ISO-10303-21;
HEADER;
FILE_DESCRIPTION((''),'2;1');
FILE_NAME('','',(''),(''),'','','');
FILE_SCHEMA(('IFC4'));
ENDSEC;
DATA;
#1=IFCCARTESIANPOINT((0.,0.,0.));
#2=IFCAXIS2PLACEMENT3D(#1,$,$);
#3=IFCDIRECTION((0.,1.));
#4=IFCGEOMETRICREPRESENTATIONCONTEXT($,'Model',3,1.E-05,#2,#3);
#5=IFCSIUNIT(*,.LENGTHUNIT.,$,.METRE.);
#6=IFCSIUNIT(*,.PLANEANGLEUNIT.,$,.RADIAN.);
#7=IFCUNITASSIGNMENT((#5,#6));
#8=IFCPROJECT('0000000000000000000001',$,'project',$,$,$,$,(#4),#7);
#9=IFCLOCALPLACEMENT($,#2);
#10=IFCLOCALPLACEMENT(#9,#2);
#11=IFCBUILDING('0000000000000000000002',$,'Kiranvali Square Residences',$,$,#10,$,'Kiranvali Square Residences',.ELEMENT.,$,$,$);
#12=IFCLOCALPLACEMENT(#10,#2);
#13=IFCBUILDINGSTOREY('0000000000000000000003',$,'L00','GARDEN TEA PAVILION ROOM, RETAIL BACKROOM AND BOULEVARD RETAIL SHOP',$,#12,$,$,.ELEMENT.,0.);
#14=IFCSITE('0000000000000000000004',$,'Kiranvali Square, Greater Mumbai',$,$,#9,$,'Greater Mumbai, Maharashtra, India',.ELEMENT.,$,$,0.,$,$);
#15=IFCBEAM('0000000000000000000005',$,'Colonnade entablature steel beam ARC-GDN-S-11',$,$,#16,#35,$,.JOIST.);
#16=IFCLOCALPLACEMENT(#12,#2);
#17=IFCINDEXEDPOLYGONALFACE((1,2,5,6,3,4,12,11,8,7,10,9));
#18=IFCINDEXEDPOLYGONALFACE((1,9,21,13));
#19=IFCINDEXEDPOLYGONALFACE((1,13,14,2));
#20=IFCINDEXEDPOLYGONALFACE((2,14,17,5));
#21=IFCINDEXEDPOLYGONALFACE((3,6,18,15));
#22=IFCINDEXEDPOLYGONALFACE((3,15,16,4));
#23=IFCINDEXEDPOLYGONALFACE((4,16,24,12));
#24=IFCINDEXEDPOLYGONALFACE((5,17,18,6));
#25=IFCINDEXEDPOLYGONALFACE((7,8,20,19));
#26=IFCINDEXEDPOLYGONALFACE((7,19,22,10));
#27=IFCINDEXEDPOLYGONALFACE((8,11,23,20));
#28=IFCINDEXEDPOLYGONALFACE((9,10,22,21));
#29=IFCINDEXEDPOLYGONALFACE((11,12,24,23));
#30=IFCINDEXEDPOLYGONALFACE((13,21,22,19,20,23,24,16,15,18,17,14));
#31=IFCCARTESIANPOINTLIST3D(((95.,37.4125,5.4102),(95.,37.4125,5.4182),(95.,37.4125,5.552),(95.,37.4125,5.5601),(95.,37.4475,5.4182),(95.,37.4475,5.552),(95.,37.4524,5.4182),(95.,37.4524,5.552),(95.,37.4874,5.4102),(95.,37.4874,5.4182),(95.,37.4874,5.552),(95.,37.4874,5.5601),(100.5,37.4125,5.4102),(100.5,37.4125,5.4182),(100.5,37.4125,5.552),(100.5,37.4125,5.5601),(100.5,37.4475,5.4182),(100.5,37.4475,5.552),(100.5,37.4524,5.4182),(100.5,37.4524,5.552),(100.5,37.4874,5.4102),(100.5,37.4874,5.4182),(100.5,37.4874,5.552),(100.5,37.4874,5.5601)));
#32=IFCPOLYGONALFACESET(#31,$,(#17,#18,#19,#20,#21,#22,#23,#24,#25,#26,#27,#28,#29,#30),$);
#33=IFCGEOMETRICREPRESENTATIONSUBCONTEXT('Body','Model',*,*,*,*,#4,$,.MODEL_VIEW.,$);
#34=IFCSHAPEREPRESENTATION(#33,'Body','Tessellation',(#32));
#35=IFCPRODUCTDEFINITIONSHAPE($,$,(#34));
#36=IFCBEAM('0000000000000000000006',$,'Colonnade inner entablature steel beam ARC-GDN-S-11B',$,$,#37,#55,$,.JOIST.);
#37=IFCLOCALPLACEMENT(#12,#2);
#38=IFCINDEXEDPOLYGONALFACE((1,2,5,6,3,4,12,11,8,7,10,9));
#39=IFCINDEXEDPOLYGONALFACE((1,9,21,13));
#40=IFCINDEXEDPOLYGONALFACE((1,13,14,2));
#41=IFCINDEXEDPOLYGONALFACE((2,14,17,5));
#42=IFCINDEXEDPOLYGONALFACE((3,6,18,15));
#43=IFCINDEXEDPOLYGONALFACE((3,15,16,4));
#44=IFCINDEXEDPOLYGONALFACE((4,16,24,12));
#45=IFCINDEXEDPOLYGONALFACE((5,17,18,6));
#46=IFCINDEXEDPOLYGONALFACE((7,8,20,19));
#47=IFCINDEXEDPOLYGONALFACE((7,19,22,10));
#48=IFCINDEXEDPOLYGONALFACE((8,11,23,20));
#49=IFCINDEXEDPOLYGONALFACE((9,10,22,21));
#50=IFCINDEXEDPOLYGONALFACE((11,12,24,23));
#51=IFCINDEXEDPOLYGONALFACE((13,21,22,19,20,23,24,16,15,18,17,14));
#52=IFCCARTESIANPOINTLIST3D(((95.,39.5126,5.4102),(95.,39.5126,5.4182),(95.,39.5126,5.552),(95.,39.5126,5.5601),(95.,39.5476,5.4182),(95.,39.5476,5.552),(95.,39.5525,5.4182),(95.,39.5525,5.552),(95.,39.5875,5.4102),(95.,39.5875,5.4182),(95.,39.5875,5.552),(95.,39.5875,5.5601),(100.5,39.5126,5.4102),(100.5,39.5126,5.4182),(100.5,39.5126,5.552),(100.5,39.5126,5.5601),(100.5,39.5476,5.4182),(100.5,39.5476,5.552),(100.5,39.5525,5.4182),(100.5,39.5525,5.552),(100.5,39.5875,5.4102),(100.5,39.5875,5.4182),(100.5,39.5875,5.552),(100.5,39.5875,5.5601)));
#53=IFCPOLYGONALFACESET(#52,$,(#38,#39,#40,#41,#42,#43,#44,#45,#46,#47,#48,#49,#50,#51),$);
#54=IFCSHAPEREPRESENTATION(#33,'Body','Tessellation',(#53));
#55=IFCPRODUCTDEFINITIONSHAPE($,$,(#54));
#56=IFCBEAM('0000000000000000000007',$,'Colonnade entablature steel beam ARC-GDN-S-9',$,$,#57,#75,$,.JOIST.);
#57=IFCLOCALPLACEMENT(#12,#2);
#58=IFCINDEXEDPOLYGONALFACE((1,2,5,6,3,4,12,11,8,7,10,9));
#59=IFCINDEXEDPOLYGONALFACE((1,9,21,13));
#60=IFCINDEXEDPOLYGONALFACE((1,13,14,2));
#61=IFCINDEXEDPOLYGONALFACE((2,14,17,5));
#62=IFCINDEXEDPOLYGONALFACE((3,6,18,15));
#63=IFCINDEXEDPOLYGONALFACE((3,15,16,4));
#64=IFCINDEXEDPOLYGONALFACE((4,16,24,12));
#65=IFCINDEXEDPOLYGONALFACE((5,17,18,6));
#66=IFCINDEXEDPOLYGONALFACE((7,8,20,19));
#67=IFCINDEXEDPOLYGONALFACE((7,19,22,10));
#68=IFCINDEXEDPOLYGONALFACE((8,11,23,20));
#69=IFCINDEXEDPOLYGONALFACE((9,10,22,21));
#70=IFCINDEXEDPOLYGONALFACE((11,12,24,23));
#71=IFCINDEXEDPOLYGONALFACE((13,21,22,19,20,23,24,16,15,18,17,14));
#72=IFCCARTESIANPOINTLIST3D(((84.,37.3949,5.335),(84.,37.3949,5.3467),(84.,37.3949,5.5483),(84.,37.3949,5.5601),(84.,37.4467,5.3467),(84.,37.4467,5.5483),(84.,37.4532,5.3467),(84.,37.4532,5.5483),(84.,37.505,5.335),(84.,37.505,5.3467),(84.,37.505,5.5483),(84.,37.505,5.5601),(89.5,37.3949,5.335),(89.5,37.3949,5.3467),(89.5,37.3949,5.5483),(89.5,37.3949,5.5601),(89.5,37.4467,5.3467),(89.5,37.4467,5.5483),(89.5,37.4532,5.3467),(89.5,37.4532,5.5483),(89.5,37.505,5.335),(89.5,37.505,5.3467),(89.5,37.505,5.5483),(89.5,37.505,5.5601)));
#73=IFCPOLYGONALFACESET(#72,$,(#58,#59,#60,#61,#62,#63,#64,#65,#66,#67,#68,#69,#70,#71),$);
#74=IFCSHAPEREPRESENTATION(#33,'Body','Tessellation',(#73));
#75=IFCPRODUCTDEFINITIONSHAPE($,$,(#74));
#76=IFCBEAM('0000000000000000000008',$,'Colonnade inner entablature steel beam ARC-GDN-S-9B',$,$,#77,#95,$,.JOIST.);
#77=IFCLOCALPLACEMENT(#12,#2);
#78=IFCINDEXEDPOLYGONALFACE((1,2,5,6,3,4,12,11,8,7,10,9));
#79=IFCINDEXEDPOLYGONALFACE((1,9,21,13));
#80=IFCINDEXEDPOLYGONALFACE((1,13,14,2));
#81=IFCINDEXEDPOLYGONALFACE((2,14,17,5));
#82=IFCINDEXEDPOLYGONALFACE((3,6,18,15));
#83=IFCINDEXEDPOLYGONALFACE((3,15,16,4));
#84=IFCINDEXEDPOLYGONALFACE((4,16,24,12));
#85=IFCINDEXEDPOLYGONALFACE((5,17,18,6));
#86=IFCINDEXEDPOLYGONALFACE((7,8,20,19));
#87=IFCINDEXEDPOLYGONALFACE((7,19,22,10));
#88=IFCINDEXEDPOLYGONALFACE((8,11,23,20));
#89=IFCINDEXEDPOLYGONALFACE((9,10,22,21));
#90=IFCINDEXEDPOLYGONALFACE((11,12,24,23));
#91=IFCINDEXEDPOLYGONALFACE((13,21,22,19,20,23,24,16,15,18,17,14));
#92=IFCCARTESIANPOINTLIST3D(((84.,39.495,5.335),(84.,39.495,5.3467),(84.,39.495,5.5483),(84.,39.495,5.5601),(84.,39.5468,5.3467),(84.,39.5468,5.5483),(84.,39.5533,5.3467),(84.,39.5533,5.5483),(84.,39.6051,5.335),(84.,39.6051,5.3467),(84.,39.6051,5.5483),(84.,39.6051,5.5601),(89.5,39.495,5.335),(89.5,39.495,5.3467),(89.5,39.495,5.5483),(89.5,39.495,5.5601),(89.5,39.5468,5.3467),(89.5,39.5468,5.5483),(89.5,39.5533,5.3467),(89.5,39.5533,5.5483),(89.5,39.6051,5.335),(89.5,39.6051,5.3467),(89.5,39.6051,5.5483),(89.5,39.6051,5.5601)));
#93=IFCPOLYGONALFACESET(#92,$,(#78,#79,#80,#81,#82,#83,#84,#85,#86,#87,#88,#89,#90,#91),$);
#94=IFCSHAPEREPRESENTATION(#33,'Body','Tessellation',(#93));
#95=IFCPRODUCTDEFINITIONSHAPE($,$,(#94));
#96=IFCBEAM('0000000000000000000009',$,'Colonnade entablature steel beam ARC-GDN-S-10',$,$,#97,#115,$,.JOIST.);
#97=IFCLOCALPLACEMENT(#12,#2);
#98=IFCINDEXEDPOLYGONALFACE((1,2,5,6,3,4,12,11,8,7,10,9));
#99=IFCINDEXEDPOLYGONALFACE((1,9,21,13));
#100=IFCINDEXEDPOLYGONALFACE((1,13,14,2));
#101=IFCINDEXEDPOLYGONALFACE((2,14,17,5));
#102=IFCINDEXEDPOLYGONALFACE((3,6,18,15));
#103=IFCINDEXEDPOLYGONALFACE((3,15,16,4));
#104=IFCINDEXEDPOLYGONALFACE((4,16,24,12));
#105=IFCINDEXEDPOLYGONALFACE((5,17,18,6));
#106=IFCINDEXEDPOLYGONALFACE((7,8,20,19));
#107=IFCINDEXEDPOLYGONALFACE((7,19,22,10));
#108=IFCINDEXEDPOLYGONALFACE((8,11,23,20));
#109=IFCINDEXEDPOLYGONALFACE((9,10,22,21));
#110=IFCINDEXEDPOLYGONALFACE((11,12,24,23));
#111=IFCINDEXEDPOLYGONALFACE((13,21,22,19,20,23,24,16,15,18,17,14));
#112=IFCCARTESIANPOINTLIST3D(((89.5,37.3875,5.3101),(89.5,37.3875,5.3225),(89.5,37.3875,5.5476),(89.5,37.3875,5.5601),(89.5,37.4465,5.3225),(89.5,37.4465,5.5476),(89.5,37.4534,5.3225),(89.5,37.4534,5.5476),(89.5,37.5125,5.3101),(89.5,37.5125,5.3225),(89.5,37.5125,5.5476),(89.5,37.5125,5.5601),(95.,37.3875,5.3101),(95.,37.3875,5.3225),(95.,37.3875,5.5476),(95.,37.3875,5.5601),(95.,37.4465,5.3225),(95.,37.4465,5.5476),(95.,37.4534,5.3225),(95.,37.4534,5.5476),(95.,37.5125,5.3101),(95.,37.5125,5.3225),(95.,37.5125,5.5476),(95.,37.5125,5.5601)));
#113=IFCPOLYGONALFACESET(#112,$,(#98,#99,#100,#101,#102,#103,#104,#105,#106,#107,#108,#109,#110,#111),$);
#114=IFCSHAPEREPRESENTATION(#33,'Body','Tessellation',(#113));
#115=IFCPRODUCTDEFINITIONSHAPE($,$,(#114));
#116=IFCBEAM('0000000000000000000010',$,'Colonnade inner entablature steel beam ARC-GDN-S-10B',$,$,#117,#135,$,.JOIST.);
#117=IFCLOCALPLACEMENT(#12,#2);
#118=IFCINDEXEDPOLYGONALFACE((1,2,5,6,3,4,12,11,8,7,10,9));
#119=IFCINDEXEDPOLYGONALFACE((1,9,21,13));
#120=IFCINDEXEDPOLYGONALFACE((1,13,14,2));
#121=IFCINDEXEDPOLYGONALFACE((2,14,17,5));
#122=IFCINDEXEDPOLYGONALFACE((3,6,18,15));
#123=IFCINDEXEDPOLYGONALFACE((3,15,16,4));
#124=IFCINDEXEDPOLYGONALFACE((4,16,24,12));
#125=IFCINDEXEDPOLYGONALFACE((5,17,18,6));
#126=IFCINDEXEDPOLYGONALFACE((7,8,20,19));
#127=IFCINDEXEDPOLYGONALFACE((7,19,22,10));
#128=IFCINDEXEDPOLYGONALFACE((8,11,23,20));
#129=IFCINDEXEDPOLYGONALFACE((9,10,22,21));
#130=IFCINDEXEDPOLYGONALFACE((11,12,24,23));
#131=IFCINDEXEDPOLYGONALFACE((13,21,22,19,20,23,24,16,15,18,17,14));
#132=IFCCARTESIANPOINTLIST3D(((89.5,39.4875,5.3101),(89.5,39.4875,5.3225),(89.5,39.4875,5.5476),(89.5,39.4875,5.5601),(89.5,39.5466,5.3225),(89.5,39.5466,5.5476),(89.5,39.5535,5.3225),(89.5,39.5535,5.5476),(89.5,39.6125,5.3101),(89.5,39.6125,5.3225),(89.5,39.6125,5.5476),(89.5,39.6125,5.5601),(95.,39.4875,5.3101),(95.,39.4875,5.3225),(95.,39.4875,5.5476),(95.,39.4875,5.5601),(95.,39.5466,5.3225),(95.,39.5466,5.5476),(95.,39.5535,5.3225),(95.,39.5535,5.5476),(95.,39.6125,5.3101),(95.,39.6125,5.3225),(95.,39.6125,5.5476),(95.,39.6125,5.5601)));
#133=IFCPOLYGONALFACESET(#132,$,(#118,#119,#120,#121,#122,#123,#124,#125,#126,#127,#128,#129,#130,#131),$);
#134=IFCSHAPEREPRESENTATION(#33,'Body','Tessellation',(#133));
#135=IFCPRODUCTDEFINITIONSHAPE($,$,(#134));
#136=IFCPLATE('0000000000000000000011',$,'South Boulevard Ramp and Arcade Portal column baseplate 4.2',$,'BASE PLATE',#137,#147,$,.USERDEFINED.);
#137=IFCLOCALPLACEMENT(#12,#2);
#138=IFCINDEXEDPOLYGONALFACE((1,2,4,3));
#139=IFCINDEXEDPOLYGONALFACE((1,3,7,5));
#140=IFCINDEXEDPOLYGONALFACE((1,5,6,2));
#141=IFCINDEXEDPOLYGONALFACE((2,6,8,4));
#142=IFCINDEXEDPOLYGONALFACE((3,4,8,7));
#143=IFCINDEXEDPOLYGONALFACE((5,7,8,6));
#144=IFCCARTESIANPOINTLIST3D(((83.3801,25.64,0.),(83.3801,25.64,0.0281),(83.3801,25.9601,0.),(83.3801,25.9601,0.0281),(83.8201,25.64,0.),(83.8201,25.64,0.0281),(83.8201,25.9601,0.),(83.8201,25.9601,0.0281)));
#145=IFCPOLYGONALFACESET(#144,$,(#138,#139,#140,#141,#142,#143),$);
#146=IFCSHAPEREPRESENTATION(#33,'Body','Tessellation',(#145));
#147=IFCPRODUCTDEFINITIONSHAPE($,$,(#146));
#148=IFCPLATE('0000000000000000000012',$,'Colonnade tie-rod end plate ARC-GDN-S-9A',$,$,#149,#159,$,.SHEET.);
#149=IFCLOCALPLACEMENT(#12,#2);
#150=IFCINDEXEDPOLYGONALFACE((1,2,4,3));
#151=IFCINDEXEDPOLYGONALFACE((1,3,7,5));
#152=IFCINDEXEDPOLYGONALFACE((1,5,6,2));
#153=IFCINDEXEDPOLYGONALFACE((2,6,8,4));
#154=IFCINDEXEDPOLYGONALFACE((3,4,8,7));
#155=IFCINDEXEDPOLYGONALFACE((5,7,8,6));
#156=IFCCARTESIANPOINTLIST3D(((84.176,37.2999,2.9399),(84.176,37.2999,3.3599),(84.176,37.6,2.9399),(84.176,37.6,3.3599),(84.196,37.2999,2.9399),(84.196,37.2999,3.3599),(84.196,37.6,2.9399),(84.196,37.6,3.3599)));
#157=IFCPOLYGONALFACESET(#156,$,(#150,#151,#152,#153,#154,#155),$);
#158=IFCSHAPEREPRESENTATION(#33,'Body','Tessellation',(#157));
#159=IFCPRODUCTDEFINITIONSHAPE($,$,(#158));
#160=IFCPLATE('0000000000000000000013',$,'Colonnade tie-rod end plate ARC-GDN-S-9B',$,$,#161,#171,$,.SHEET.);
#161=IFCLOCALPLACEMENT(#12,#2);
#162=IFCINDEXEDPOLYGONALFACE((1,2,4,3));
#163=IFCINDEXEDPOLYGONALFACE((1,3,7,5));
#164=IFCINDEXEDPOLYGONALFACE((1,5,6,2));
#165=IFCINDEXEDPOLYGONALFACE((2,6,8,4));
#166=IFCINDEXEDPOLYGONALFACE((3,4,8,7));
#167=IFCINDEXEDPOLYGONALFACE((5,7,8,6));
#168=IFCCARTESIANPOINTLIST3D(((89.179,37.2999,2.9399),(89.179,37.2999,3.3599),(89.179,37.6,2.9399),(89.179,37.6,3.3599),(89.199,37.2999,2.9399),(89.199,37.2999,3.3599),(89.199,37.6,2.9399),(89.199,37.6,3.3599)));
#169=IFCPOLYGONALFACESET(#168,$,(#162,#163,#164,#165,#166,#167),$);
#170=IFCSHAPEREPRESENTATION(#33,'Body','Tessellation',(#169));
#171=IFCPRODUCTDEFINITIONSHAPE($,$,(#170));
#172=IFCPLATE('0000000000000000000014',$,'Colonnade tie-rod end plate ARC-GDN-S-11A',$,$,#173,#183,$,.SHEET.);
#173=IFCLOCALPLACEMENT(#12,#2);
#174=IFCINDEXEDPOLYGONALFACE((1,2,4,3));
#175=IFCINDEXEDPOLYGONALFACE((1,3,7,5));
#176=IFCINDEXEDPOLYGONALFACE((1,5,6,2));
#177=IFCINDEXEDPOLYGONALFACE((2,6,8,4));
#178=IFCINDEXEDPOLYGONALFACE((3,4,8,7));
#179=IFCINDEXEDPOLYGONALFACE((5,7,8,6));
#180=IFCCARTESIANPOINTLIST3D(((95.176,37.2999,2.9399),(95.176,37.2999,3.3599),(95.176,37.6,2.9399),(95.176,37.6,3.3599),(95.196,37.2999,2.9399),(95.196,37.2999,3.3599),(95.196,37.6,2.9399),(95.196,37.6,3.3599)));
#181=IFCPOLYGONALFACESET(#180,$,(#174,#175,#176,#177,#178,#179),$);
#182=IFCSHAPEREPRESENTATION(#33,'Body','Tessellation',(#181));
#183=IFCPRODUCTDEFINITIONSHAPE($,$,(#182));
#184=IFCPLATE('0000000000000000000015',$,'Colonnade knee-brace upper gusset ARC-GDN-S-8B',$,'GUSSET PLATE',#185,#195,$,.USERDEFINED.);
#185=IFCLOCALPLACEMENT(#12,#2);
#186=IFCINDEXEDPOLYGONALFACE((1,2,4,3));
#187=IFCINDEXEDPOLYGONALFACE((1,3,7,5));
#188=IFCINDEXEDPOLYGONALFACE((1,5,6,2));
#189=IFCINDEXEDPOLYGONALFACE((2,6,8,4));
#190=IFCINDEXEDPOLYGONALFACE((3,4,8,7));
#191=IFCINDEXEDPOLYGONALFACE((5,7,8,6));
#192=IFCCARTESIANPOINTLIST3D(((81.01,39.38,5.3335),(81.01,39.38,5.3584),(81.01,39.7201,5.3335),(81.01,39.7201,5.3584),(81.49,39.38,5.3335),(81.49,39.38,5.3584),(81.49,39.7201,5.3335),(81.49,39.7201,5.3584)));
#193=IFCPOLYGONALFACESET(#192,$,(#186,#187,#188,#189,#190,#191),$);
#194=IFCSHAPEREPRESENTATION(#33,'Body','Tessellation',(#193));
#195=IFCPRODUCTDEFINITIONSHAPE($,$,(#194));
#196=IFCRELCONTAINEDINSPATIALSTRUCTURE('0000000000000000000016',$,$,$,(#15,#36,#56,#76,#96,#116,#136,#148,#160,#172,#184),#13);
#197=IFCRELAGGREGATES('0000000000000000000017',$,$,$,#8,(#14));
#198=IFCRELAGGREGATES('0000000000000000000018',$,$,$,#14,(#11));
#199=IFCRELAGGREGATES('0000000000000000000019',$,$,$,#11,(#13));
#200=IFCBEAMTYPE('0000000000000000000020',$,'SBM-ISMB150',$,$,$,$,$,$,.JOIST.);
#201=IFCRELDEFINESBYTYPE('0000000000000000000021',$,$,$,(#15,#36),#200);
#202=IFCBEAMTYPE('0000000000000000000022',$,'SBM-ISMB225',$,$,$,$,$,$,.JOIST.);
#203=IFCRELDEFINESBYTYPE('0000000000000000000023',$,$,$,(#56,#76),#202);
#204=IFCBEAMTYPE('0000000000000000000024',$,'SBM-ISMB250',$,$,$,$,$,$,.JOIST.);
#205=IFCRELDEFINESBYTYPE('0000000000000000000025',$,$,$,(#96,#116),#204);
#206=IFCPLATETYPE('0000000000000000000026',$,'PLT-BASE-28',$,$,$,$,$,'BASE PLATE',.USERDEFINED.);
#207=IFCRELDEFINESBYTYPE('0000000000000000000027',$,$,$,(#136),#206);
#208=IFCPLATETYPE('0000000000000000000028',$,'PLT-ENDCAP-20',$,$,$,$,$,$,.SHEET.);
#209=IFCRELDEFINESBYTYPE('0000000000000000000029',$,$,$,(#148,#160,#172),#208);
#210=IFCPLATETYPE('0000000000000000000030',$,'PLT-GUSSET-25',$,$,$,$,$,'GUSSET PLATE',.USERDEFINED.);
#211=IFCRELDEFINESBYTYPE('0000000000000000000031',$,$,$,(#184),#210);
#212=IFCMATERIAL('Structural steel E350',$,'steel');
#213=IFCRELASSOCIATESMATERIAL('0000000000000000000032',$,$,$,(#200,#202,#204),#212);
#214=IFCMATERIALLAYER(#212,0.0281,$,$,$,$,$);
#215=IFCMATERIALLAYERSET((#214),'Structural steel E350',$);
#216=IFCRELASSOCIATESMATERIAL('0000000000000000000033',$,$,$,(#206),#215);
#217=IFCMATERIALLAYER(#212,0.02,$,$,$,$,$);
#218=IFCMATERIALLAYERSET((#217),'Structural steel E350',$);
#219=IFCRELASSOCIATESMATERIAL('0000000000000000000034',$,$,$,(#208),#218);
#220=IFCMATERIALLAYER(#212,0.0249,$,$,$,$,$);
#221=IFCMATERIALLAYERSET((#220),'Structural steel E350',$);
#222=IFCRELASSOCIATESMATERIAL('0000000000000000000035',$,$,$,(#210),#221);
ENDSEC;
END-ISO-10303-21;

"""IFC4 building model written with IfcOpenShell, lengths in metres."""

from ifc_helpers import new_model, si_unit, direction, frame, origin, origin_2d, place, context, subcontext, project, spatial, rectangle, i_section, extrude, material, layer, layer_set, material_profile, profile_set, type_object, element, save


model = new_model("IFC4")

# Units and contexts
model_context = context("Model", 3, precision=1e-05, world=origin(), true_north=direction((0.0, 1.0)))
body_context = subcontext(model_context, "Body", "Model", "MODEL_VIEW")
ifc_project = project(units=[si_unit("LENGTHUNIT", "METRE"), si_unit("PLANEANGLEUNIT", "RADIAN")], contexts=[model_context])

# Site, building, storey
site_placement = place(None, origin())
site = spatial("IfcSite", under=ifc_project, at=site_placement, Name="Kiranvali Square, Greater Mumbai", LongName="Greater Mumbai, Maharashtra, India", CompositionType="ELEMENT", RefElevation=0.0)
building_placement = place(site_placement, origin())
building = spatial("IfcBuilding", under=site, at=building_placement, Name="Kiranvali Square Residences", LongName="Kiranvali Square Residences", CompositionType="ELEMENT")
storey_placement = place(building_placement, origin())
storey = spatial("IfcBuildingStorey", under=building, at=storey_placement, Name="L00", Description="GARDEN TEA PAVILION ROOM, RETAIL BACKROOM AND BOULEVARD RETAIL SHOP", CompositionType="ELEMENT", Elevation=0.0)

# Shared definitions
ifc_material_1 = material(Name="Structural steel E350", Category="steel")

# Beams
ifc_material_profile_1 = material_profile(ifc_material_1, i_section(OverallWidth=0.075, OverallDepth=0.1499, WebThickness=0.0049, FlangeThickness=0.0081, at=origin_2d()), Name="ISMB 150")
ifc_profile_set_1 = profile_set([ifc_material_profile_1], Name="Structural steel E350")
beam_type_1 = type_object("IfcBeamType", Name="SBM-ISMB150", PredefinedType="JOIST", material=ifc_profile_set_1)
for number, where, z_axis, x_axis, name in (
    (1, (95.0, 37.45, 5.4851), (1.0, 0.0, 0.0), (0.0, 1.0, 0.0), "Colonnade entablature steel beam ARC-GDN-S-11"),
    (2, (95.0, 39.55, 5.4851), (1.0, 0.0, 0.0), (0.0, 1.0, 0.0), "Colonnade inner entablature steel beam ARC-GDN-S-11B"),
):
    element("IfcBeam", number, at=place(storey_placement, frame(where, z_axis=z_axis, x_axis=x_axis)), inside=storey, type_object=beam_type_1, Name=name, PredefinedType="JOIST", context=body_context, shape_type="SweptSolid", body=[
        extrude(i_section(OverallWidth=0.075, OverallDepth=0.1499, WebThickness=0.0049, FlangeThickness=0.0081, at=origin_2d()), origin(), (0.0, 0.0, 1.0), 5.5),
    ])
ifc_material_profile_2 = material_profile(ifc_material_1, i_section(OverallWidth=0.1101, OverallDepth=0.2251, WebThickness=0.0066, FlangeThickness=0.0117, at=origin_2d()), Name="ISMB 225")
ifc_profile_set_2 = profile_set([ifc_material_profile_2], Name="Structural steel E350")
beam_type_2 = type_object("IfcBeamType", Name="SBM-ISMB225", PredefinedType="JOIST", material=ifc_profile_set_2)
for number, where, z_axis, x_axis, name in (
    (3, (84.0, 37.45, 5.4475), (1.0, 0.0, 0.0), (0.0, 1.0, 0.0), "Colonnade entablature steel beam ARC-GDN-S-9"),
    (4, (84.0, 39.55, 5.4475), (1.0, 0.0, 0.0), (0.0, 1.0, 0.0), "Colonnade inner entablature steel beam ARC-GDN-S-9B"),
):
    element("IfcBeam", number, at=place(storey_placement, frame(where, z_axis=z_axis, x_axis=x_axis)), inside=storey, type_object=beam_type_2, Name=name, PredefinedType="JOIST", context=body_context, shape_type="SweptSolid", body=[
        extrude(i_section(OverallWidth=0.1101, OverallDepth=0.2251, WebThickness=0.0066, FlangeThickness=0.0117, at=origin_2d()), origin(), (0.0, 0.0, 1.0), 5.5),
    ])
ifc_material_profile_3 = material_profile(ifc_material_1, i_section(OverallWidth=0.125, OverallDepth=0.25, WebThickness=0.0068, FlangeThickness=0.0125, at=origin_2d()), Name="ISMB 250")
ifc_profile_set_3 = profile_set([ifc_material_profile_3], Name="Structural steel E350")
beam_type_3 = type_object("IfcBeamType", Name="SBM-ISMB250", PredefinedType="JOIST", material=ifc_profile_set_3)
for number, where, z_axis, x_axis, name in (
    (5, (89.5, 37.45, 5.4351), (1.0, 0.0, 0.0), (0.0, 1.0, 0.0), "Colonnade entablature steel beam ARC-GDN-S-10"),
    (6, (89.5, 39.55, 5.4351), (1.0, 0.0, 0.0), (0.0, 1.0, 0.0), "Colonnade inner entablature steel beam ARC-GDN-S-10B"),
):
    element("IfcBeam", number, at=place(storey_placement, frame(where, z_axis=z_axis, x_axis=x_axis)), inside=storey, type_object=beam_type_3, Name=name, PredefinedType="JOIST", context=body_context, shape_type="SweptSolid", body=[
        extrude(i_section(OverallWidth=0.125, OverallDepth=0.25, WebThickness=0.0068, FlangeThickness=0.0125, at=origin_2d()), origin(), (0.0, 0.0, 1.0), 5.5),
    ])

# Plates
ifc_layer_1 = layer(ifc_material_1, 0.0281)
ifc_layer_set_1 = layer_set([ifc_layer_1], Name="Structural steel E350")
plate_type_1 = type_object("IfcPlateType", Name="PLT-BASE-28", ElementType="BASE PLATE", PredefinedType="USERDEFINED", material=ifc_layer_set_1)
plate_1_placement = place(storey_placement, frame((83.6001, 25.8, 0.0), z_axis=(0.0, 0.0, 1.0), x_axis=(1.0, 0.0, 0.0)))
element("IfcPlate", 7, at=plate_1_placement, inside=storey, type_object=plate_type_1, Name="South Boulevard Ramp and Arcade Portal column baseplate 4.2", ObjectType="BASE PLATE", PredefinedType="USERDEFINED", context=body_context, shape_type="SweptSolid", body=[
    extrude(rectangle(XDim=0.4399, YDim=0.3201, at=origin_2d()), origin(), (0.0, 0.0, 1.0), 0.0281),
])
ifc_layer_2 = layer(ifc_material_1, 0.02)
ifc_layer_set_2 = layer_set([ifc_layer_2], Name="Structural steel E350")
plate_type_2 = type_object("IfcPlateType", Name="PLT-ENDCAP-20", PredefinedType="SHEET", material=ifc_layer_set_2)
for number, where, z_axis, x_axis, name in (
    (8, (84.186, 37.45, 2.9399), (0.0, 0.0, 1.0), (1.0, 0.0, 0.0), "Colonnade tie-rod end plate ARC-GDN-S-9A"),
    (9, (89.189, 37.45, 2.9399), (0.0, 0.0, 1.0), (1.0, 0.0, 0.0), "Colonnade tie-rod end plate ARC-GDN-S-9B"),
    (10, (95.186, 37.45, 2.9399), (0.0, 0.0, 1.0), (1.0, 0.0, 0.0), "Colonnade tie-rod end plate ARC-GDN-S-11A"),
):
    element("IfcPlate", number, at=place(storey_placement, frame(where, z_axis=z_axis, x_axis=x_axis)), inside=storey, type_object=plate_type_2, Name=name, PredefinedType="SHEET", context=body_context, shape_type="SweptSolid", body=[
        extrude(rectangle(XDim=0.02, YDim=0.3, at=origin_2d()), origin(), (0.0, 0.0, 1.0), 0.4199),
    ])
ifc_layer_3 = layer(ifc_material_1, 0.0249)
ifc_layer_set_3 = layer_set([ifc_layer_3], Name="Structural steel E350")
plate_type_3 = type_object("IfcPlateType", Name="PLT-GUSSET-25", ElementType="GUSSET PLATE", PredefinedType="USERDEFINED", material=ifc_layer_set_3)
plate_2_placement = place(storey_placement, frame((81.25, 39.55, 5.3335), z_axis=(0.0, 0.0, 1.0), x_axis=(1.0, 0.0, 0.0)))
element("IfcPlate", 11, at=plate_2_placement, inside=storey, type_object=plate_type_3, Name="Colonnade knee-brace upper gusset ARC-GDN-S-8B", ObjectType="GUSSET PLATE", PredefinedType="USERDEFINED", context=body_context, shape_type="SweptSolid", body=[
    extrude(rectangle(XDim=0.48, YDim=0.3401, at=origin_2d()), origin(), (0.0, 0.0, 1.0), 0.0249),
])

save(model, "model.ifc")
